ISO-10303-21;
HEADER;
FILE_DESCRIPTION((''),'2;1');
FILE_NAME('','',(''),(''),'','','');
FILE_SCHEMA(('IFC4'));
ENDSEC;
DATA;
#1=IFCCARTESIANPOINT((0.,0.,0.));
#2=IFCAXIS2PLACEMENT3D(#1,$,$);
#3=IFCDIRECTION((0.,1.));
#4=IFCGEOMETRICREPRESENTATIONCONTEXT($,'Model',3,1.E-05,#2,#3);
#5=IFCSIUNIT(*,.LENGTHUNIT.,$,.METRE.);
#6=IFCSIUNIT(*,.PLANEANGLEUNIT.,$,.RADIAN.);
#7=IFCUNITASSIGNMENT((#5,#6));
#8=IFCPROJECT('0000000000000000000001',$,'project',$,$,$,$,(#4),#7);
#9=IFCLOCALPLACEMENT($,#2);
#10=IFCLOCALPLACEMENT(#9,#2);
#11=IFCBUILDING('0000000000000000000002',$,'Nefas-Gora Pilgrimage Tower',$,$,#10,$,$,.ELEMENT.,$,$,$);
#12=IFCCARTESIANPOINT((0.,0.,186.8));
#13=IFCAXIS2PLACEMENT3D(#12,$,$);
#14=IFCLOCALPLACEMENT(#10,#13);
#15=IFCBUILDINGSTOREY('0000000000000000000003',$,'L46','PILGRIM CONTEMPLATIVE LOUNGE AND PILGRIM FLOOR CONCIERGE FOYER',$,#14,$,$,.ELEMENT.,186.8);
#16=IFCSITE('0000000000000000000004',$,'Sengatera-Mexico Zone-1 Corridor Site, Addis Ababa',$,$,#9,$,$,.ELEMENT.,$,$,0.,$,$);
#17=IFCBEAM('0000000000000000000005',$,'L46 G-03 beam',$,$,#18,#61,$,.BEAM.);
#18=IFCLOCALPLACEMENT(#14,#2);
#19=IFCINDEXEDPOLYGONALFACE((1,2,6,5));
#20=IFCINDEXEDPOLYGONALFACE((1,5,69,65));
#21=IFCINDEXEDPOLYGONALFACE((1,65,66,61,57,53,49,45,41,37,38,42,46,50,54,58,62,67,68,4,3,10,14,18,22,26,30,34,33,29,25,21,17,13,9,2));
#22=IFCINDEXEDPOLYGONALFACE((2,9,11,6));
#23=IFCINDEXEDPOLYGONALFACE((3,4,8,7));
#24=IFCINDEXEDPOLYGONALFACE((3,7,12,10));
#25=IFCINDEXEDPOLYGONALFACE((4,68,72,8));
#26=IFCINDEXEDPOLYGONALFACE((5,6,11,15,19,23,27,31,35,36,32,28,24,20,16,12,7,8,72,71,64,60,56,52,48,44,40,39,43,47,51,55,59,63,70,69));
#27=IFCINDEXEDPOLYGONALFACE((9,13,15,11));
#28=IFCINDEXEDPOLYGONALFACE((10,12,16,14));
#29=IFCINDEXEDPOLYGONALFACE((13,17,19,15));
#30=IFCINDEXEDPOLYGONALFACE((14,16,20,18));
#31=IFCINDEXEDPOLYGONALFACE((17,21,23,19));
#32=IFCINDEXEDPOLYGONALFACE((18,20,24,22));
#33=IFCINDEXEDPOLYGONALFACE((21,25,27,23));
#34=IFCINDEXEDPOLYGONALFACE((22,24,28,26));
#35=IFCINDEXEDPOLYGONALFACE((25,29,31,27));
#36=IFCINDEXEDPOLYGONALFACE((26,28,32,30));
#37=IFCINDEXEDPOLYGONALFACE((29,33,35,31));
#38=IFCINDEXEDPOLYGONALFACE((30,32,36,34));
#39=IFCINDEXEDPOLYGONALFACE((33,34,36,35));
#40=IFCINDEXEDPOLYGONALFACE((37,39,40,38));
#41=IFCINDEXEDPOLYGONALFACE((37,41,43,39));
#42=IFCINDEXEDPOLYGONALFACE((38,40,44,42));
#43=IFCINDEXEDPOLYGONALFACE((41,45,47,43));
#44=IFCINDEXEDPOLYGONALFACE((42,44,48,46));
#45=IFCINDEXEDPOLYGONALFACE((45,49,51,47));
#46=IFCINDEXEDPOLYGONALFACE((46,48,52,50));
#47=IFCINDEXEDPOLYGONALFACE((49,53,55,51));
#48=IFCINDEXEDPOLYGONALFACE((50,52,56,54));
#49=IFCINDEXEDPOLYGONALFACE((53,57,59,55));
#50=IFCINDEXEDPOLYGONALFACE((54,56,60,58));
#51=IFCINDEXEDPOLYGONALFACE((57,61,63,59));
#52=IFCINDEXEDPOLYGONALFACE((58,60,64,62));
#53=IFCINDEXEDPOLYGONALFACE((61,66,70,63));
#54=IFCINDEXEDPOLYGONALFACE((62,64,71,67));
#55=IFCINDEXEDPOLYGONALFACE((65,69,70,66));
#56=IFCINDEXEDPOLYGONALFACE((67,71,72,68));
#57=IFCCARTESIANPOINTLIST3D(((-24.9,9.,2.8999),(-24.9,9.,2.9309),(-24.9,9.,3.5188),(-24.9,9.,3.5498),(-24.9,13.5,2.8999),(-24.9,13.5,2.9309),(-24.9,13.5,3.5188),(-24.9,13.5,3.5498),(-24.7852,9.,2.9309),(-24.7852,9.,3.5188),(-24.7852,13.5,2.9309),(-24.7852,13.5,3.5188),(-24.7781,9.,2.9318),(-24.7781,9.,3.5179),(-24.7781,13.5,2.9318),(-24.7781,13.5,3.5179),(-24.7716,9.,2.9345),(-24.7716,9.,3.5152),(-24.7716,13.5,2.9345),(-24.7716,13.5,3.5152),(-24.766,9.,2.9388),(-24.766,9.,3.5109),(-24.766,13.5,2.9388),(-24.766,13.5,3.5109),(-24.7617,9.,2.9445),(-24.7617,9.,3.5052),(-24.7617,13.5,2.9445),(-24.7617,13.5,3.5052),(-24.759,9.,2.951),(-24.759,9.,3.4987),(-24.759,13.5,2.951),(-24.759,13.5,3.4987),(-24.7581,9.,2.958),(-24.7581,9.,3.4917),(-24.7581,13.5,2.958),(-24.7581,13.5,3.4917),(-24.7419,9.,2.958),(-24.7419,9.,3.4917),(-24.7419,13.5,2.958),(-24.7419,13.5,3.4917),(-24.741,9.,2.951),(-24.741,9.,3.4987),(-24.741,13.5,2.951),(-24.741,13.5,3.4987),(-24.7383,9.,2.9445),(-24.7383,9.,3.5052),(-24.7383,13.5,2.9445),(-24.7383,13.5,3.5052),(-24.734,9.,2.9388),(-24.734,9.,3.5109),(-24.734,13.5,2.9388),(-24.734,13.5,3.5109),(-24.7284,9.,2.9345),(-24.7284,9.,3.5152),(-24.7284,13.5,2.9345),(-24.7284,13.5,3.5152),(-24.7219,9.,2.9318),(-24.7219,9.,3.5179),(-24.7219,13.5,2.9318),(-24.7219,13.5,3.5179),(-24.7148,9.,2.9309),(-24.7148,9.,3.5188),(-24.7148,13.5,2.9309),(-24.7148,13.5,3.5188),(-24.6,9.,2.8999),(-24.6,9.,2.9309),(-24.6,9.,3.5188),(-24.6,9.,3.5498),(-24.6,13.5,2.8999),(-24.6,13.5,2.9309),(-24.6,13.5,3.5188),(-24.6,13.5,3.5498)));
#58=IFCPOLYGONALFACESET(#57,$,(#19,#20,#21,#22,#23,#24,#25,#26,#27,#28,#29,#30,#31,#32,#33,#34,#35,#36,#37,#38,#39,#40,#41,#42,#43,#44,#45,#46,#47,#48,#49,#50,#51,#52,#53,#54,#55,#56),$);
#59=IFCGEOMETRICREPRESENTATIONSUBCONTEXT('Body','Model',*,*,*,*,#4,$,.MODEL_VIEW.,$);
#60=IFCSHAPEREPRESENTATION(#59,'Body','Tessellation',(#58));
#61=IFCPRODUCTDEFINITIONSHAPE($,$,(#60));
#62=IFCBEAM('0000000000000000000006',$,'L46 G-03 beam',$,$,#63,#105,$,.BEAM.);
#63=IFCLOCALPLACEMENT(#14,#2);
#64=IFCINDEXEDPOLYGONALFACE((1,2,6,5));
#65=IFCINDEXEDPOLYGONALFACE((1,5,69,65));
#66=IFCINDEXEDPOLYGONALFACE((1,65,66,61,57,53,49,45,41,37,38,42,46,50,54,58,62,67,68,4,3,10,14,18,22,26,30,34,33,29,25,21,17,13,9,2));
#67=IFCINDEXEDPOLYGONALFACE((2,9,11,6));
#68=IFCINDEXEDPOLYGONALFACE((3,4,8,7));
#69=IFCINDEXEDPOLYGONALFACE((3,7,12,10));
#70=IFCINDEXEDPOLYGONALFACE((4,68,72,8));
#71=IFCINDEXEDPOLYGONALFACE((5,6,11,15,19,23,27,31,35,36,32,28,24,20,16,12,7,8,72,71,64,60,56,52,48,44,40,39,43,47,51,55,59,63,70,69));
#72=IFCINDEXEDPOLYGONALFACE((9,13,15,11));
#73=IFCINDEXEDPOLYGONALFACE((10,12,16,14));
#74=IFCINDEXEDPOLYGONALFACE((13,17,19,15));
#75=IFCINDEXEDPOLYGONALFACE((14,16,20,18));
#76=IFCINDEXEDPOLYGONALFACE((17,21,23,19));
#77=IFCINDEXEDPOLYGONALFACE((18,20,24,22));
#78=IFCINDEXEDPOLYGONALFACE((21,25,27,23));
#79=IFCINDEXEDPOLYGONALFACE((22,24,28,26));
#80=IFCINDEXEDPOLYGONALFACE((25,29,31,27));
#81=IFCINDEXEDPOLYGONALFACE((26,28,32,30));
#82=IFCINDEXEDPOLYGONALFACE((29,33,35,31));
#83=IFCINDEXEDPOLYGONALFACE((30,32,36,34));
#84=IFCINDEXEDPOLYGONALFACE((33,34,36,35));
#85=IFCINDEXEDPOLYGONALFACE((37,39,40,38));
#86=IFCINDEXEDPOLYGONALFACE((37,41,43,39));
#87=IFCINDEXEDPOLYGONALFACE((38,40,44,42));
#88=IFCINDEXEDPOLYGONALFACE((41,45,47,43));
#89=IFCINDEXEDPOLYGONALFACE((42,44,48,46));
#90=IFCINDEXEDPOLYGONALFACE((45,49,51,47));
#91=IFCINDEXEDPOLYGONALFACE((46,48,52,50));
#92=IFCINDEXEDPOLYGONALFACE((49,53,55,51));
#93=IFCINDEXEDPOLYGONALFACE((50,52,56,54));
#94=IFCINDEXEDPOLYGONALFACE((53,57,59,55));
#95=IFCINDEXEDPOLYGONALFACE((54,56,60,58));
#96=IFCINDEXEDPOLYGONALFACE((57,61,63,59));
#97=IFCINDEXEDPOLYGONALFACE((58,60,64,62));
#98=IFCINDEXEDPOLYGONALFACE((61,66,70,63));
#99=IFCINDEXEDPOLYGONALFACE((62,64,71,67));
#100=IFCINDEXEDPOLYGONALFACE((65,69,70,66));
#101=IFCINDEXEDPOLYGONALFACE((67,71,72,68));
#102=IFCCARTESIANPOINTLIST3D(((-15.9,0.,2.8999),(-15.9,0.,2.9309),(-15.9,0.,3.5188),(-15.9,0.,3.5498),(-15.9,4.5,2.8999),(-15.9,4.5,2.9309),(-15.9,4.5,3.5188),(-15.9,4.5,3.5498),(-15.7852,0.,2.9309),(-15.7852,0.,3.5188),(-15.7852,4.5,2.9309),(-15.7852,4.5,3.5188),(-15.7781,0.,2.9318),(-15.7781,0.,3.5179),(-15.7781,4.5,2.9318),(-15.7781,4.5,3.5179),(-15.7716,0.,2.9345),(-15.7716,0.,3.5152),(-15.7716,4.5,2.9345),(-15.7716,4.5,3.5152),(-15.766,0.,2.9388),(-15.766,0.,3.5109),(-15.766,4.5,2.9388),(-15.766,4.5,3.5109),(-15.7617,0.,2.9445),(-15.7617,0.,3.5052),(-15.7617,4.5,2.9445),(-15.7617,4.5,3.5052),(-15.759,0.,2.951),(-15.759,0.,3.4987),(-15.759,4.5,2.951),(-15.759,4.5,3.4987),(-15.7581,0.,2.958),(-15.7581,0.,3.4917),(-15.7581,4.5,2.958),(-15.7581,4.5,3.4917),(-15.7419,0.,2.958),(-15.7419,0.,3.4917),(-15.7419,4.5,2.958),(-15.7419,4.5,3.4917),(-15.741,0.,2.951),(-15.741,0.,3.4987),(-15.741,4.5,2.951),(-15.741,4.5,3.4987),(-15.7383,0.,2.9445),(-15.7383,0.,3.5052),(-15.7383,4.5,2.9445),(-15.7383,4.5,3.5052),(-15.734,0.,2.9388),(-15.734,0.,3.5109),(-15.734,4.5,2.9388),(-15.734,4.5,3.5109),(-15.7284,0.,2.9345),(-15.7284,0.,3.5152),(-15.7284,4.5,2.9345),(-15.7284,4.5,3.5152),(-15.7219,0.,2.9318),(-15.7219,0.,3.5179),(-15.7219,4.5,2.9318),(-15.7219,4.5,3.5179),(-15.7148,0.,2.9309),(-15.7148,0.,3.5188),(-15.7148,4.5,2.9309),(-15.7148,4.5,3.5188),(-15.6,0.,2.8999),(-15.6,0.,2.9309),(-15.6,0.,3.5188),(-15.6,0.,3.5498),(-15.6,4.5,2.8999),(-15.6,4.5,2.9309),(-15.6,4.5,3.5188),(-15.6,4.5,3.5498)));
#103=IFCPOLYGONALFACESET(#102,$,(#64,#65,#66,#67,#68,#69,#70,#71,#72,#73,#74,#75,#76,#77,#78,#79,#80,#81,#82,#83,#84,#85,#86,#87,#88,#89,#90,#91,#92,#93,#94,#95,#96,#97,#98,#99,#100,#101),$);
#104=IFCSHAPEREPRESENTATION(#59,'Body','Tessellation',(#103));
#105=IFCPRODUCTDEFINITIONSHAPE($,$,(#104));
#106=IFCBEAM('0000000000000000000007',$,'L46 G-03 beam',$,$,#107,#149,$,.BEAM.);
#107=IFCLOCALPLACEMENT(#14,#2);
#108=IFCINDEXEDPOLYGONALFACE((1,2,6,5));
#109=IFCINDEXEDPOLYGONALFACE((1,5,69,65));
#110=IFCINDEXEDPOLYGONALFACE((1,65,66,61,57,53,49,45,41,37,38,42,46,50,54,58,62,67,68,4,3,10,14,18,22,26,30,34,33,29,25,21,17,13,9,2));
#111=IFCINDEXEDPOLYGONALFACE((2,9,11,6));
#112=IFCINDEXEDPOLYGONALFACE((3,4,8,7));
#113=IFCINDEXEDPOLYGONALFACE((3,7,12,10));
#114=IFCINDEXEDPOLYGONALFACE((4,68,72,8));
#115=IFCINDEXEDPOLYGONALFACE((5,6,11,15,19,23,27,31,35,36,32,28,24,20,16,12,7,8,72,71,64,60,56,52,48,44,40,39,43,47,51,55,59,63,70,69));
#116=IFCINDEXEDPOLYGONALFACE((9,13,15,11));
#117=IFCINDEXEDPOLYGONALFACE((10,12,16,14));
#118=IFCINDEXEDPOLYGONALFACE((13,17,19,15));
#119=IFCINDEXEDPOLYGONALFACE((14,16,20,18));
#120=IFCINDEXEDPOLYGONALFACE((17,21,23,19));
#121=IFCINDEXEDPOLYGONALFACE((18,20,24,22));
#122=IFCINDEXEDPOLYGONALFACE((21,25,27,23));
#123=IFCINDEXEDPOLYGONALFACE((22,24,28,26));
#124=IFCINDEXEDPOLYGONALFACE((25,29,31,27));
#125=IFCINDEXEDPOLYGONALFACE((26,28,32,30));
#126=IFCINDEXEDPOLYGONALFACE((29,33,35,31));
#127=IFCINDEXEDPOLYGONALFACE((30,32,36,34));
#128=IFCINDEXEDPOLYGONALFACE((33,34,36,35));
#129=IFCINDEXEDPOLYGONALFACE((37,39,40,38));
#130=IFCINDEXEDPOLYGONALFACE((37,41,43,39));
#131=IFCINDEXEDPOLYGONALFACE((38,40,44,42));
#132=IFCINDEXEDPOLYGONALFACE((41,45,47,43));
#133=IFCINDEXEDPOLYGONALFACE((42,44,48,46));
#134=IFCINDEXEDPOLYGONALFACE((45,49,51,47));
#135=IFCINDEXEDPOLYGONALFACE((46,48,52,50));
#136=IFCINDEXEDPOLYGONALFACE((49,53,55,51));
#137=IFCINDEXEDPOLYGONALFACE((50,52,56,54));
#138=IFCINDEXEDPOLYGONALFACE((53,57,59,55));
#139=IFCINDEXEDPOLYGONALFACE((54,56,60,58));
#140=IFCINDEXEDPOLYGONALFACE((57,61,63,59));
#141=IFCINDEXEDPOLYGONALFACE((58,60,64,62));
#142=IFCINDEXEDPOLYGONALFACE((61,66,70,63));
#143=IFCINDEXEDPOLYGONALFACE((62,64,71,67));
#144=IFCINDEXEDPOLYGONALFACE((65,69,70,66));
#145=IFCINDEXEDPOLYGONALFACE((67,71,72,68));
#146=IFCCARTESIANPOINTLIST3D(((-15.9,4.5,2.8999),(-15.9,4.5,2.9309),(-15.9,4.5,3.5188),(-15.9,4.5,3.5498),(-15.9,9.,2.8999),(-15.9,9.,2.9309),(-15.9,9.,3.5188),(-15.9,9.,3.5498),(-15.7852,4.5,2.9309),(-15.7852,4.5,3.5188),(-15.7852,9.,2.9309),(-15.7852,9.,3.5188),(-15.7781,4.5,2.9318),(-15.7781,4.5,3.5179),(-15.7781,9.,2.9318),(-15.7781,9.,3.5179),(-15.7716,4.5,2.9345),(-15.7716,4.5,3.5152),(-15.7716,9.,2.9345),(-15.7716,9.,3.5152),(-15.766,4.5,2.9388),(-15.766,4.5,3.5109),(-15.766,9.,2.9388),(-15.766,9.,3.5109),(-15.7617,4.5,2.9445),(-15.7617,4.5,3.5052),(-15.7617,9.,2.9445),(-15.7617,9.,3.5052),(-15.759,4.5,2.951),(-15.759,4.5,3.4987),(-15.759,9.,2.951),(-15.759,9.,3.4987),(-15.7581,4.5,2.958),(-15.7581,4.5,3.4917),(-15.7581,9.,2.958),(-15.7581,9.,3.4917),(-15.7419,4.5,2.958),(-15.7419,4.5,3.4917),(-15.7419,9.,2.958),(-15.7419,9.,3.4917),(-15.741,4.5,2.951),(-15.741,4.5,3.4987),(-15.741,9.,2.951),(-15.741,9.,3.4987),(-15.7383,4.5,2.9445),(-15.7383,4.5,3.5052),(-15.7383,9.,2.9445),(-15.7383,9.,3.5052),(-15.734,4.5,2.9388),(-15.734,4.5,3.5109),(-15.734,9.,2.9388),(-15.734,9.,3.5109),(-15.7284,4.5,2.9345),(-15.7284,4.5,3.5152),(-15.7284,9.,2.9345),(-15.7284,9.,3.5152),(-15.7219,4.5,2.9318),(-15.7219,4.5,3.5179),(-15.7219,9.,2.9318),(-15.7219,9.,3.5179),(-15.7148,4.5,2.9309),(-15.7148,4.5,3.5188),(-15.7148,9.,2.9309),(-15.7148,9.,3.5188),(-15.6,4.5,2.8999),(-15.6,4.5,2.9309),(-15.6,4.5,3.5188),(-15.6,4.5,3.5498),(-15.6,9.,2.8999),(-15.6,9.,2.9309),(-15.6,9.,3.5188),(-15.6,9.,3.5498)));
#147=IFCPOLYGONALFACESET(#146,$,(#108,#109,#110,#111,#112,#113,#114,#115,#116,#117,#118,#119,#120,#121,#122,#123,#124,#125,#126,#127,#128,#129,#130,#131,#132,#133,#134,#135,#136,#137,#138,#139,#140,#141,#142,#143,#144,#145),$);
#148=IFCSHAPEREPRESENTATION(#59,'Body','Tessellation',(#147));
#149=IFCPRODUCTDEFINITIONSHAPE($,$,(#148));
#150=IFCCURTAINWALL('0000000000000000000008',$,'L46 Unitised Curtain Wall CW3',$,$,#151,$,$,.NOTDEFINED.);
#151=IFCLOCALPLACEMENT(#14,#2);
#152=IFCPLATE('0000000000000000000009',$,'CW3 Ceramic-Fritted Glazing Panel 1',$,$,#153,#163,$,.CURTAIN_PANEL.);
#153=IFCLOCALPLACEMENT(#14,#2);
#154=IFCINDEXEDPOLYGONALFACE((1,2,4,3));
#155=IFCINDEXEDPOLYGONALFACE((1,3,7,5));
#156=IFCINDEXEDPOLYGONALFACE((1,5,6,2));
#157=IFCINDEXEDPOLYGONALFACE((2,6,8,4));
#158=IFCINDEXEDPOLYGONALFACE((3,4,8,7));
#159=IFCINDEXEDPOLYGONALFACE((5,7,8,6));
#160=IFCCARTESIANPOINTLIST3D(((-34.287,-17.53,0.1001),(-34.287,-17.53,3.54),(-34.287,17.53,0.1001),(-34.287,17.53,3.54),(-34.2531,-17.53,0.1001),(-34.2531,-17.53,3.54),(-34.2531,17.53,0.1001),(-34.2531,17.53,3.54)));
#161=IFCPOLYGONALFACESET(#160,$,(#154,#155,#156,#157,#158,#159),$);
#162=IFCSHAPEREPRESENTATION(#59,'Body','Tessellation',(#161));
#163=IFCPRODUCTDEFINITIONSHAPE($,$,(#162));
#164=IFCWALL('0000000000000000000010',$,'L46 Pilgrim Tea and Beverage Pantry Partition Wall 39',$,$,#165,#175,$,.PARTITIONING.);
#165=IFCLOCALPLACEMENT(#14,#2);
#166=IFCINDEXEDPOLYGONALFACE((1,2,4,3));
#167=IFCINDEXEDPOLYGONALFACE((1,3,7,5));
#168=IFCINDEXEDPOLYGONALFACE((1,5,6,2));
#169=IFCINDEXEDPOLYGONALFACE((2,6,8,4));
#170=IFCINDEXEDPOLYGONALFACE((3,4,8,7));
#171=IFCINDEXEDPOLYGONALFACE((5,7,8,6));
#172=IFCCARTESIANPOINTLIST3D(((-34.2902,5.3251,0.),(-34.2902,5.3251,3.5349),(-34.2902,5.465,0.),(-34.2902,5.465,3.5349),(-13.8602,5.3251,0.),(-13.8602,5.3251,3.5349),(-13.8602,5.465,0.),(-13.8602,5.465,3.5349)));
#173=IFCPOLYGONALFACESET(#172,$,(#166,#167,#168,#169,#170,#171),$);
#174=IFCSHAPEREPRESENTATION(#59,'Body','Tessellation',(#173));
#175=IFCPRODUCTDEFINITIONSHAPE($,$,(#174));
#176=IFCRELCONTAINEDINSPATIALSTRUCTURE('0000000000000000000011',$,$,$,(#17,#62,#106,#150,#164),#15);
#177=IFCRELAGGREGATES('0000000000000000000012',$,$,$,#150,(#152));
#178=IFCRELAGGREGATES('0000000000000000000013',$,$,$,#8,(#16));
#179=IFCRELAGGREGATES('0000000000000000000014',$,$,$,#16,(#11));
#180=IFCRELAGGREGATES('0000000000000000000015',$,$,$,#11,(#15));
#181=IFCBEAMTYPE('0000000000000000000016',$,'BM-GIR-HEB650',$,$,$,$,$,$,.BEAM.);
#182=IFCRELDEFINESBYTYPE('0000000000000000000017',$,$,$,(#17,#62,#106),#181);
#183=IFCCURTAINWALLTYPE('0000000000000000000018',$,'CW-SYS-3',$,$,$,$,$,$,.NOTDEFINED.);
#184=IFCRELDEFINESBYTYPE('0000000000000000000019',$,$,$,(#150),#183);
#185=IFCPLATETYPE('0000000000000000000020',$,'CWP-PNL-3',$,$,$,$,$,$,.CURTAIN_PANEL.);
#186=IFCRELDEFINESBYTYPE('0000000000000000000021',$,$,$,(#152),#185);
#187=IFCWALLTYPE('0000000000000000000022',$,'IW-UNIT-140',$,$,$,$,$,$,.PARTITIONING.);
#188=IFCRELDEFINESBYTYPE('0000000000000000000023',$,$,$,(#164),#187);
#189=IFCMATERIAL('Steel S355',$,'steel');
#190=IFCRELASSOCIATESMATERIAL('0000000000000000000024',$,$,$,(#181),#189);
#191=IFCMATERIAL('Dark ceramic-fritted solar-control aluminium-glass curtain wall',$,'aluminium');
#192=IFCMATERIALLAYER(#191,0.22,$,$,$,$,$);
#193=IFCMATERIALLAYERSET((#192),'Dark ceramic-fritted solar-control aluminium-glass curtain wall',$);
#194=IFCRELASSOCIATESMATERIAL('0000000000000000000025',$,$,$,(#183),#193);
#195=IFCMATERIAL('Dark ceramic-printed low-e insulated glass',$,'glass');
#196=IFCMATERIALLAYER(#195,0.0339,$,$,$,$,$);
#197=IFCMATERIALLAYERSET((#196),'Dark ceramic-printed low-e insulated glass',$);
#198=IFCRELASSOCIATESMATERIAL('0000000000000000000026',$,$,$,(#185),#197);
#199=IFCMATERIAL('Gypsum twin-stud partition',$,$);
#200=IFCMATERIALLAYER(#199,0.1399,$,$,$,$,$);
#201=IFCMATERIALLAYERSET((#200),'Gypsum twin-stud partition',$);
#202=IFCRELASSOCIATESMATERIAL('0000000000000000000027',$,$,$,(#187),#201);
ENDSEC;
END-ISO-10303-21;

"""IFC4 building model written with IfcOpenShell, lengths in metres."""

from ifc_helpers import new_model, si_unit, direction, frame, frame_2d, origin, origin_2d, place, context, subcontext, project, spatial, rectangle, i_section, extrude, source, transform, mapped, material, layer, layer_set, material_profile, profile_set, type_object, element, aggregate, save


model = new_model("IFC4")

# Units and contexts
model_context = context("Model", 3, precision=1e-05, world=origin(), true_north=direction((0.0, 1.0)))
body_context = subcontext(model_context, "Body", "Model", "MODEL_VIEW")
ifc_project = project(units=[si_unit("LENGTHUNIT", "METRE"), si_unit("PLANEANGLEUNIT", "RADIAN")], contexts=[model_context])

# Site, building, storey
site_placement = place(None, origin())
site = spatial("IfcSite", under=ifc_project, at=site_placement, Name="Sengatera-Mexico Zone-1 Corridor Site, Addis Ababa", CompositionType="ELEMENT", RefElevation=0.0)
building_placement = place(site_placement, origin())
building = spatial("IfcBuilding", under=site, at=building_placement, Name="Nefas-Gora Pilgrimage Tower", CompositionType="ELEMENT")
storey_placement = place(building_placement, frame((0.0, 0.0, 186.8)))
storey = spatial("IfcBuildingStorey", under=building, at=storey_placement, Name="L46", Description="PILGRIM CONTEMPLATIVE LOUNGE AND PILGRIM FLOOR CONCIERGE FOYER", CompositionType="ELEMENT", Elevation=186.8)

# Beams
ifc_material_1 = material(Name="Steel S355", Category="steel")
ifc_material_profile_1 = material_profile(ifc_material_1, i_section(OverallWidth=0.3, OverallDepth=0.6499, WebThickness=0.0161, FlangeThickness=0.031, FilletRadius=0.0271, at=origin_2d()), Name="HEB 650")
ifc_profile_set_1 = profile_set([ifc_material_profile_1], Name="Steel S355")
beam_type_1 = type_object("IfcBeamType", Name="BM-GIR-HEB650", PredefinedType="BEAM", material=ifc_profile_set_1)
shared_shape_1 = source(origin(), body_context, "Body", "SweptSolid", [
    extrude(i_section(OverallWidth=0.3, OverallDepth=0.6499, WebThickness=0.0161, FlangeThickness=0.031, FilletRadius=0.0271, at=origin_2d()), origin(), (0.0, 0.0, 1.0), 4.5),
])
for number, where, z_axis, x_axis, name in (
    (1, (-24.75, 9.0, 3.2249), (0.0, 1.0, 0.0), (-1.0, 0.0, 0.0), "L46 G-03 beam"),
    (2, (-15.75, 0.0, 3.2249), (0.0, 1.0, 0.0), (-1.0, 0.0, 0.0), "L46 G-03 beam"),
    (3, (-15.75, 4.5, 3.2249), (0.0, 1.0, 0.0), (-1.0, 0.0, 0.0), "L46 G-03 beam"),
):
    element("IfcBeam", number, at=place(storey_placement, frame(where, z_axis=z_axis, x_axis=x_axis)), inside=storey, type_object=beam_type_1, Name=name, PredefinedType="BEAM", context=body_context, shape_type="MappedRepresentation", body=[
        mapped(shared_shape_1, transform((0.0, 0.0, 0.0), x_axis=(1.0, 0.0, 0.0), y_axis=(0.0, 1.0, 0.0), z_axis=(0.0, 0.0, 1.0), scale=1.0)),
    ])

# Curtain wall, plate
ifc_material_2 = material(Name="Dark ceramic-fritted solar-control aluminium-glass curtain wall", Category="aluminium")
ifc_layer_1 = layer(ifc_material_2, 0.22)
ifc_layer_set_1 = layer_set([ifc_layer_1], Name="Dark ceramic-fritted solar-control aluminium-glass curtain wall")
curtain_wall_type = type_object("IfcCurtainWallType", Name="CW-SYS-3", PredefinedType="NOTDEFINED", material=ifc_layer_set_1)
curtain_wall_placement = place(storey_placement, origin())
curtain_wall = element("IfcCurtainWall", 4, at=curtain_wall_placement, inside=storey, type_object=curtain_wall_type, Name="L46 Unitised Curtain Wall CW3", PredefinedType="NOTDEFINED")
ifc_material_3 = material(Name="Dark ceramic-printed low-e insulated glass", Category="glass")
ifc_layer_2 = layer(ifc_material_3, 0.0339)
ifc_layer_set_2 = layer_set([ifc_layer_2], Name="Dark ceramic-printed low-e insulated glass")
plate_type = type_object("IfcPlateType", Name="CWP-PNL-3", PredefinedType="CURTAIN_PANEL", material=ifc_layer_set_2)
shared_shape_2 = source(origin(), body_context, "Body", "SweptSolid", [
    extrude(rectangle(XDim=35.0601, YDim=0.0339, at=origin_2d()), origin(), (0.0, 0.0, 1.0), 3.4399),
])
plate_placement = place(storey_placement, frame((-34.27, 0.0, 0.1001), z_axis=(0.0, 0.0, 1.0), x_axis=(0.0, -1.0, 0.0)))
plate = element("IfcPlate", 5, at=plate_placement, type_object=plate_type, Name="CW3 Ceramic-Fritted Glazing Panel 1", PredefinedType="CURTAIN_PANEL", context=body_context, shape_type="MappedRepresentation", body=[
    mapped(shared_shape_2, transform((0.0, 0.0, 0.0), x_axis=(1.0, 0.0, 0.0), y_axis=(0.0, 1.0, 0.0), z_axis=(0.0, 0.0, 1.0), scale=1.0)),
])
aggregate(curtain_wall, [plate])

# Wall
ifc_material_4 = material(Name="Gypsum twin-stud partition")
ifc_layer_3 = layer(ifc_material_4, 0.1399)
ifc_layer_set_3 = layer_set([ifc_layer_3], Name="Gypsum twin-stud partition")
wall_type_1 = type_object("IfcWallType", Name="IW-UNIT-140", PredefinedType="PARTITIONING", material=ifc_layer_set_3)
shared_shape_3 = source(origin(), body_context, "Body", "SweptSolid", [
    extrude(rectangle(XDim=20.4299, YDim=0.1399, at=frame_2d((10.2148, 0.0))), origin(), (0.0, 0.0, 1.0), 3.5349),
])
wall_1_placement = place(storey_placement, frame((-34.29, 5.395, 0.0), z_axis=(0.0, 0.0, 1.0), x_axis=(1.0, 0.0, 0.0)))
element("IfcWall", 6, at=wall_1_placement, inside=storey, type_object=wall_type_1, Name="L46 Pilgrim Tea and Beverage Pantry Partition Wall 39", PredefinedType="PARTITIONING", context=body_context, shape_type="MappedRepresentation", body=[
    mapped(shared_shape_3, transform((0.0, 0.0, 0.0), x_axis=(1.0, 0.0, 0.0), y_axis=(0.0, 1.0, 0.0), z_axis=(0.0, 0.0, 1.0), scale=1.0)),
])

save(model, "model.ifc")
